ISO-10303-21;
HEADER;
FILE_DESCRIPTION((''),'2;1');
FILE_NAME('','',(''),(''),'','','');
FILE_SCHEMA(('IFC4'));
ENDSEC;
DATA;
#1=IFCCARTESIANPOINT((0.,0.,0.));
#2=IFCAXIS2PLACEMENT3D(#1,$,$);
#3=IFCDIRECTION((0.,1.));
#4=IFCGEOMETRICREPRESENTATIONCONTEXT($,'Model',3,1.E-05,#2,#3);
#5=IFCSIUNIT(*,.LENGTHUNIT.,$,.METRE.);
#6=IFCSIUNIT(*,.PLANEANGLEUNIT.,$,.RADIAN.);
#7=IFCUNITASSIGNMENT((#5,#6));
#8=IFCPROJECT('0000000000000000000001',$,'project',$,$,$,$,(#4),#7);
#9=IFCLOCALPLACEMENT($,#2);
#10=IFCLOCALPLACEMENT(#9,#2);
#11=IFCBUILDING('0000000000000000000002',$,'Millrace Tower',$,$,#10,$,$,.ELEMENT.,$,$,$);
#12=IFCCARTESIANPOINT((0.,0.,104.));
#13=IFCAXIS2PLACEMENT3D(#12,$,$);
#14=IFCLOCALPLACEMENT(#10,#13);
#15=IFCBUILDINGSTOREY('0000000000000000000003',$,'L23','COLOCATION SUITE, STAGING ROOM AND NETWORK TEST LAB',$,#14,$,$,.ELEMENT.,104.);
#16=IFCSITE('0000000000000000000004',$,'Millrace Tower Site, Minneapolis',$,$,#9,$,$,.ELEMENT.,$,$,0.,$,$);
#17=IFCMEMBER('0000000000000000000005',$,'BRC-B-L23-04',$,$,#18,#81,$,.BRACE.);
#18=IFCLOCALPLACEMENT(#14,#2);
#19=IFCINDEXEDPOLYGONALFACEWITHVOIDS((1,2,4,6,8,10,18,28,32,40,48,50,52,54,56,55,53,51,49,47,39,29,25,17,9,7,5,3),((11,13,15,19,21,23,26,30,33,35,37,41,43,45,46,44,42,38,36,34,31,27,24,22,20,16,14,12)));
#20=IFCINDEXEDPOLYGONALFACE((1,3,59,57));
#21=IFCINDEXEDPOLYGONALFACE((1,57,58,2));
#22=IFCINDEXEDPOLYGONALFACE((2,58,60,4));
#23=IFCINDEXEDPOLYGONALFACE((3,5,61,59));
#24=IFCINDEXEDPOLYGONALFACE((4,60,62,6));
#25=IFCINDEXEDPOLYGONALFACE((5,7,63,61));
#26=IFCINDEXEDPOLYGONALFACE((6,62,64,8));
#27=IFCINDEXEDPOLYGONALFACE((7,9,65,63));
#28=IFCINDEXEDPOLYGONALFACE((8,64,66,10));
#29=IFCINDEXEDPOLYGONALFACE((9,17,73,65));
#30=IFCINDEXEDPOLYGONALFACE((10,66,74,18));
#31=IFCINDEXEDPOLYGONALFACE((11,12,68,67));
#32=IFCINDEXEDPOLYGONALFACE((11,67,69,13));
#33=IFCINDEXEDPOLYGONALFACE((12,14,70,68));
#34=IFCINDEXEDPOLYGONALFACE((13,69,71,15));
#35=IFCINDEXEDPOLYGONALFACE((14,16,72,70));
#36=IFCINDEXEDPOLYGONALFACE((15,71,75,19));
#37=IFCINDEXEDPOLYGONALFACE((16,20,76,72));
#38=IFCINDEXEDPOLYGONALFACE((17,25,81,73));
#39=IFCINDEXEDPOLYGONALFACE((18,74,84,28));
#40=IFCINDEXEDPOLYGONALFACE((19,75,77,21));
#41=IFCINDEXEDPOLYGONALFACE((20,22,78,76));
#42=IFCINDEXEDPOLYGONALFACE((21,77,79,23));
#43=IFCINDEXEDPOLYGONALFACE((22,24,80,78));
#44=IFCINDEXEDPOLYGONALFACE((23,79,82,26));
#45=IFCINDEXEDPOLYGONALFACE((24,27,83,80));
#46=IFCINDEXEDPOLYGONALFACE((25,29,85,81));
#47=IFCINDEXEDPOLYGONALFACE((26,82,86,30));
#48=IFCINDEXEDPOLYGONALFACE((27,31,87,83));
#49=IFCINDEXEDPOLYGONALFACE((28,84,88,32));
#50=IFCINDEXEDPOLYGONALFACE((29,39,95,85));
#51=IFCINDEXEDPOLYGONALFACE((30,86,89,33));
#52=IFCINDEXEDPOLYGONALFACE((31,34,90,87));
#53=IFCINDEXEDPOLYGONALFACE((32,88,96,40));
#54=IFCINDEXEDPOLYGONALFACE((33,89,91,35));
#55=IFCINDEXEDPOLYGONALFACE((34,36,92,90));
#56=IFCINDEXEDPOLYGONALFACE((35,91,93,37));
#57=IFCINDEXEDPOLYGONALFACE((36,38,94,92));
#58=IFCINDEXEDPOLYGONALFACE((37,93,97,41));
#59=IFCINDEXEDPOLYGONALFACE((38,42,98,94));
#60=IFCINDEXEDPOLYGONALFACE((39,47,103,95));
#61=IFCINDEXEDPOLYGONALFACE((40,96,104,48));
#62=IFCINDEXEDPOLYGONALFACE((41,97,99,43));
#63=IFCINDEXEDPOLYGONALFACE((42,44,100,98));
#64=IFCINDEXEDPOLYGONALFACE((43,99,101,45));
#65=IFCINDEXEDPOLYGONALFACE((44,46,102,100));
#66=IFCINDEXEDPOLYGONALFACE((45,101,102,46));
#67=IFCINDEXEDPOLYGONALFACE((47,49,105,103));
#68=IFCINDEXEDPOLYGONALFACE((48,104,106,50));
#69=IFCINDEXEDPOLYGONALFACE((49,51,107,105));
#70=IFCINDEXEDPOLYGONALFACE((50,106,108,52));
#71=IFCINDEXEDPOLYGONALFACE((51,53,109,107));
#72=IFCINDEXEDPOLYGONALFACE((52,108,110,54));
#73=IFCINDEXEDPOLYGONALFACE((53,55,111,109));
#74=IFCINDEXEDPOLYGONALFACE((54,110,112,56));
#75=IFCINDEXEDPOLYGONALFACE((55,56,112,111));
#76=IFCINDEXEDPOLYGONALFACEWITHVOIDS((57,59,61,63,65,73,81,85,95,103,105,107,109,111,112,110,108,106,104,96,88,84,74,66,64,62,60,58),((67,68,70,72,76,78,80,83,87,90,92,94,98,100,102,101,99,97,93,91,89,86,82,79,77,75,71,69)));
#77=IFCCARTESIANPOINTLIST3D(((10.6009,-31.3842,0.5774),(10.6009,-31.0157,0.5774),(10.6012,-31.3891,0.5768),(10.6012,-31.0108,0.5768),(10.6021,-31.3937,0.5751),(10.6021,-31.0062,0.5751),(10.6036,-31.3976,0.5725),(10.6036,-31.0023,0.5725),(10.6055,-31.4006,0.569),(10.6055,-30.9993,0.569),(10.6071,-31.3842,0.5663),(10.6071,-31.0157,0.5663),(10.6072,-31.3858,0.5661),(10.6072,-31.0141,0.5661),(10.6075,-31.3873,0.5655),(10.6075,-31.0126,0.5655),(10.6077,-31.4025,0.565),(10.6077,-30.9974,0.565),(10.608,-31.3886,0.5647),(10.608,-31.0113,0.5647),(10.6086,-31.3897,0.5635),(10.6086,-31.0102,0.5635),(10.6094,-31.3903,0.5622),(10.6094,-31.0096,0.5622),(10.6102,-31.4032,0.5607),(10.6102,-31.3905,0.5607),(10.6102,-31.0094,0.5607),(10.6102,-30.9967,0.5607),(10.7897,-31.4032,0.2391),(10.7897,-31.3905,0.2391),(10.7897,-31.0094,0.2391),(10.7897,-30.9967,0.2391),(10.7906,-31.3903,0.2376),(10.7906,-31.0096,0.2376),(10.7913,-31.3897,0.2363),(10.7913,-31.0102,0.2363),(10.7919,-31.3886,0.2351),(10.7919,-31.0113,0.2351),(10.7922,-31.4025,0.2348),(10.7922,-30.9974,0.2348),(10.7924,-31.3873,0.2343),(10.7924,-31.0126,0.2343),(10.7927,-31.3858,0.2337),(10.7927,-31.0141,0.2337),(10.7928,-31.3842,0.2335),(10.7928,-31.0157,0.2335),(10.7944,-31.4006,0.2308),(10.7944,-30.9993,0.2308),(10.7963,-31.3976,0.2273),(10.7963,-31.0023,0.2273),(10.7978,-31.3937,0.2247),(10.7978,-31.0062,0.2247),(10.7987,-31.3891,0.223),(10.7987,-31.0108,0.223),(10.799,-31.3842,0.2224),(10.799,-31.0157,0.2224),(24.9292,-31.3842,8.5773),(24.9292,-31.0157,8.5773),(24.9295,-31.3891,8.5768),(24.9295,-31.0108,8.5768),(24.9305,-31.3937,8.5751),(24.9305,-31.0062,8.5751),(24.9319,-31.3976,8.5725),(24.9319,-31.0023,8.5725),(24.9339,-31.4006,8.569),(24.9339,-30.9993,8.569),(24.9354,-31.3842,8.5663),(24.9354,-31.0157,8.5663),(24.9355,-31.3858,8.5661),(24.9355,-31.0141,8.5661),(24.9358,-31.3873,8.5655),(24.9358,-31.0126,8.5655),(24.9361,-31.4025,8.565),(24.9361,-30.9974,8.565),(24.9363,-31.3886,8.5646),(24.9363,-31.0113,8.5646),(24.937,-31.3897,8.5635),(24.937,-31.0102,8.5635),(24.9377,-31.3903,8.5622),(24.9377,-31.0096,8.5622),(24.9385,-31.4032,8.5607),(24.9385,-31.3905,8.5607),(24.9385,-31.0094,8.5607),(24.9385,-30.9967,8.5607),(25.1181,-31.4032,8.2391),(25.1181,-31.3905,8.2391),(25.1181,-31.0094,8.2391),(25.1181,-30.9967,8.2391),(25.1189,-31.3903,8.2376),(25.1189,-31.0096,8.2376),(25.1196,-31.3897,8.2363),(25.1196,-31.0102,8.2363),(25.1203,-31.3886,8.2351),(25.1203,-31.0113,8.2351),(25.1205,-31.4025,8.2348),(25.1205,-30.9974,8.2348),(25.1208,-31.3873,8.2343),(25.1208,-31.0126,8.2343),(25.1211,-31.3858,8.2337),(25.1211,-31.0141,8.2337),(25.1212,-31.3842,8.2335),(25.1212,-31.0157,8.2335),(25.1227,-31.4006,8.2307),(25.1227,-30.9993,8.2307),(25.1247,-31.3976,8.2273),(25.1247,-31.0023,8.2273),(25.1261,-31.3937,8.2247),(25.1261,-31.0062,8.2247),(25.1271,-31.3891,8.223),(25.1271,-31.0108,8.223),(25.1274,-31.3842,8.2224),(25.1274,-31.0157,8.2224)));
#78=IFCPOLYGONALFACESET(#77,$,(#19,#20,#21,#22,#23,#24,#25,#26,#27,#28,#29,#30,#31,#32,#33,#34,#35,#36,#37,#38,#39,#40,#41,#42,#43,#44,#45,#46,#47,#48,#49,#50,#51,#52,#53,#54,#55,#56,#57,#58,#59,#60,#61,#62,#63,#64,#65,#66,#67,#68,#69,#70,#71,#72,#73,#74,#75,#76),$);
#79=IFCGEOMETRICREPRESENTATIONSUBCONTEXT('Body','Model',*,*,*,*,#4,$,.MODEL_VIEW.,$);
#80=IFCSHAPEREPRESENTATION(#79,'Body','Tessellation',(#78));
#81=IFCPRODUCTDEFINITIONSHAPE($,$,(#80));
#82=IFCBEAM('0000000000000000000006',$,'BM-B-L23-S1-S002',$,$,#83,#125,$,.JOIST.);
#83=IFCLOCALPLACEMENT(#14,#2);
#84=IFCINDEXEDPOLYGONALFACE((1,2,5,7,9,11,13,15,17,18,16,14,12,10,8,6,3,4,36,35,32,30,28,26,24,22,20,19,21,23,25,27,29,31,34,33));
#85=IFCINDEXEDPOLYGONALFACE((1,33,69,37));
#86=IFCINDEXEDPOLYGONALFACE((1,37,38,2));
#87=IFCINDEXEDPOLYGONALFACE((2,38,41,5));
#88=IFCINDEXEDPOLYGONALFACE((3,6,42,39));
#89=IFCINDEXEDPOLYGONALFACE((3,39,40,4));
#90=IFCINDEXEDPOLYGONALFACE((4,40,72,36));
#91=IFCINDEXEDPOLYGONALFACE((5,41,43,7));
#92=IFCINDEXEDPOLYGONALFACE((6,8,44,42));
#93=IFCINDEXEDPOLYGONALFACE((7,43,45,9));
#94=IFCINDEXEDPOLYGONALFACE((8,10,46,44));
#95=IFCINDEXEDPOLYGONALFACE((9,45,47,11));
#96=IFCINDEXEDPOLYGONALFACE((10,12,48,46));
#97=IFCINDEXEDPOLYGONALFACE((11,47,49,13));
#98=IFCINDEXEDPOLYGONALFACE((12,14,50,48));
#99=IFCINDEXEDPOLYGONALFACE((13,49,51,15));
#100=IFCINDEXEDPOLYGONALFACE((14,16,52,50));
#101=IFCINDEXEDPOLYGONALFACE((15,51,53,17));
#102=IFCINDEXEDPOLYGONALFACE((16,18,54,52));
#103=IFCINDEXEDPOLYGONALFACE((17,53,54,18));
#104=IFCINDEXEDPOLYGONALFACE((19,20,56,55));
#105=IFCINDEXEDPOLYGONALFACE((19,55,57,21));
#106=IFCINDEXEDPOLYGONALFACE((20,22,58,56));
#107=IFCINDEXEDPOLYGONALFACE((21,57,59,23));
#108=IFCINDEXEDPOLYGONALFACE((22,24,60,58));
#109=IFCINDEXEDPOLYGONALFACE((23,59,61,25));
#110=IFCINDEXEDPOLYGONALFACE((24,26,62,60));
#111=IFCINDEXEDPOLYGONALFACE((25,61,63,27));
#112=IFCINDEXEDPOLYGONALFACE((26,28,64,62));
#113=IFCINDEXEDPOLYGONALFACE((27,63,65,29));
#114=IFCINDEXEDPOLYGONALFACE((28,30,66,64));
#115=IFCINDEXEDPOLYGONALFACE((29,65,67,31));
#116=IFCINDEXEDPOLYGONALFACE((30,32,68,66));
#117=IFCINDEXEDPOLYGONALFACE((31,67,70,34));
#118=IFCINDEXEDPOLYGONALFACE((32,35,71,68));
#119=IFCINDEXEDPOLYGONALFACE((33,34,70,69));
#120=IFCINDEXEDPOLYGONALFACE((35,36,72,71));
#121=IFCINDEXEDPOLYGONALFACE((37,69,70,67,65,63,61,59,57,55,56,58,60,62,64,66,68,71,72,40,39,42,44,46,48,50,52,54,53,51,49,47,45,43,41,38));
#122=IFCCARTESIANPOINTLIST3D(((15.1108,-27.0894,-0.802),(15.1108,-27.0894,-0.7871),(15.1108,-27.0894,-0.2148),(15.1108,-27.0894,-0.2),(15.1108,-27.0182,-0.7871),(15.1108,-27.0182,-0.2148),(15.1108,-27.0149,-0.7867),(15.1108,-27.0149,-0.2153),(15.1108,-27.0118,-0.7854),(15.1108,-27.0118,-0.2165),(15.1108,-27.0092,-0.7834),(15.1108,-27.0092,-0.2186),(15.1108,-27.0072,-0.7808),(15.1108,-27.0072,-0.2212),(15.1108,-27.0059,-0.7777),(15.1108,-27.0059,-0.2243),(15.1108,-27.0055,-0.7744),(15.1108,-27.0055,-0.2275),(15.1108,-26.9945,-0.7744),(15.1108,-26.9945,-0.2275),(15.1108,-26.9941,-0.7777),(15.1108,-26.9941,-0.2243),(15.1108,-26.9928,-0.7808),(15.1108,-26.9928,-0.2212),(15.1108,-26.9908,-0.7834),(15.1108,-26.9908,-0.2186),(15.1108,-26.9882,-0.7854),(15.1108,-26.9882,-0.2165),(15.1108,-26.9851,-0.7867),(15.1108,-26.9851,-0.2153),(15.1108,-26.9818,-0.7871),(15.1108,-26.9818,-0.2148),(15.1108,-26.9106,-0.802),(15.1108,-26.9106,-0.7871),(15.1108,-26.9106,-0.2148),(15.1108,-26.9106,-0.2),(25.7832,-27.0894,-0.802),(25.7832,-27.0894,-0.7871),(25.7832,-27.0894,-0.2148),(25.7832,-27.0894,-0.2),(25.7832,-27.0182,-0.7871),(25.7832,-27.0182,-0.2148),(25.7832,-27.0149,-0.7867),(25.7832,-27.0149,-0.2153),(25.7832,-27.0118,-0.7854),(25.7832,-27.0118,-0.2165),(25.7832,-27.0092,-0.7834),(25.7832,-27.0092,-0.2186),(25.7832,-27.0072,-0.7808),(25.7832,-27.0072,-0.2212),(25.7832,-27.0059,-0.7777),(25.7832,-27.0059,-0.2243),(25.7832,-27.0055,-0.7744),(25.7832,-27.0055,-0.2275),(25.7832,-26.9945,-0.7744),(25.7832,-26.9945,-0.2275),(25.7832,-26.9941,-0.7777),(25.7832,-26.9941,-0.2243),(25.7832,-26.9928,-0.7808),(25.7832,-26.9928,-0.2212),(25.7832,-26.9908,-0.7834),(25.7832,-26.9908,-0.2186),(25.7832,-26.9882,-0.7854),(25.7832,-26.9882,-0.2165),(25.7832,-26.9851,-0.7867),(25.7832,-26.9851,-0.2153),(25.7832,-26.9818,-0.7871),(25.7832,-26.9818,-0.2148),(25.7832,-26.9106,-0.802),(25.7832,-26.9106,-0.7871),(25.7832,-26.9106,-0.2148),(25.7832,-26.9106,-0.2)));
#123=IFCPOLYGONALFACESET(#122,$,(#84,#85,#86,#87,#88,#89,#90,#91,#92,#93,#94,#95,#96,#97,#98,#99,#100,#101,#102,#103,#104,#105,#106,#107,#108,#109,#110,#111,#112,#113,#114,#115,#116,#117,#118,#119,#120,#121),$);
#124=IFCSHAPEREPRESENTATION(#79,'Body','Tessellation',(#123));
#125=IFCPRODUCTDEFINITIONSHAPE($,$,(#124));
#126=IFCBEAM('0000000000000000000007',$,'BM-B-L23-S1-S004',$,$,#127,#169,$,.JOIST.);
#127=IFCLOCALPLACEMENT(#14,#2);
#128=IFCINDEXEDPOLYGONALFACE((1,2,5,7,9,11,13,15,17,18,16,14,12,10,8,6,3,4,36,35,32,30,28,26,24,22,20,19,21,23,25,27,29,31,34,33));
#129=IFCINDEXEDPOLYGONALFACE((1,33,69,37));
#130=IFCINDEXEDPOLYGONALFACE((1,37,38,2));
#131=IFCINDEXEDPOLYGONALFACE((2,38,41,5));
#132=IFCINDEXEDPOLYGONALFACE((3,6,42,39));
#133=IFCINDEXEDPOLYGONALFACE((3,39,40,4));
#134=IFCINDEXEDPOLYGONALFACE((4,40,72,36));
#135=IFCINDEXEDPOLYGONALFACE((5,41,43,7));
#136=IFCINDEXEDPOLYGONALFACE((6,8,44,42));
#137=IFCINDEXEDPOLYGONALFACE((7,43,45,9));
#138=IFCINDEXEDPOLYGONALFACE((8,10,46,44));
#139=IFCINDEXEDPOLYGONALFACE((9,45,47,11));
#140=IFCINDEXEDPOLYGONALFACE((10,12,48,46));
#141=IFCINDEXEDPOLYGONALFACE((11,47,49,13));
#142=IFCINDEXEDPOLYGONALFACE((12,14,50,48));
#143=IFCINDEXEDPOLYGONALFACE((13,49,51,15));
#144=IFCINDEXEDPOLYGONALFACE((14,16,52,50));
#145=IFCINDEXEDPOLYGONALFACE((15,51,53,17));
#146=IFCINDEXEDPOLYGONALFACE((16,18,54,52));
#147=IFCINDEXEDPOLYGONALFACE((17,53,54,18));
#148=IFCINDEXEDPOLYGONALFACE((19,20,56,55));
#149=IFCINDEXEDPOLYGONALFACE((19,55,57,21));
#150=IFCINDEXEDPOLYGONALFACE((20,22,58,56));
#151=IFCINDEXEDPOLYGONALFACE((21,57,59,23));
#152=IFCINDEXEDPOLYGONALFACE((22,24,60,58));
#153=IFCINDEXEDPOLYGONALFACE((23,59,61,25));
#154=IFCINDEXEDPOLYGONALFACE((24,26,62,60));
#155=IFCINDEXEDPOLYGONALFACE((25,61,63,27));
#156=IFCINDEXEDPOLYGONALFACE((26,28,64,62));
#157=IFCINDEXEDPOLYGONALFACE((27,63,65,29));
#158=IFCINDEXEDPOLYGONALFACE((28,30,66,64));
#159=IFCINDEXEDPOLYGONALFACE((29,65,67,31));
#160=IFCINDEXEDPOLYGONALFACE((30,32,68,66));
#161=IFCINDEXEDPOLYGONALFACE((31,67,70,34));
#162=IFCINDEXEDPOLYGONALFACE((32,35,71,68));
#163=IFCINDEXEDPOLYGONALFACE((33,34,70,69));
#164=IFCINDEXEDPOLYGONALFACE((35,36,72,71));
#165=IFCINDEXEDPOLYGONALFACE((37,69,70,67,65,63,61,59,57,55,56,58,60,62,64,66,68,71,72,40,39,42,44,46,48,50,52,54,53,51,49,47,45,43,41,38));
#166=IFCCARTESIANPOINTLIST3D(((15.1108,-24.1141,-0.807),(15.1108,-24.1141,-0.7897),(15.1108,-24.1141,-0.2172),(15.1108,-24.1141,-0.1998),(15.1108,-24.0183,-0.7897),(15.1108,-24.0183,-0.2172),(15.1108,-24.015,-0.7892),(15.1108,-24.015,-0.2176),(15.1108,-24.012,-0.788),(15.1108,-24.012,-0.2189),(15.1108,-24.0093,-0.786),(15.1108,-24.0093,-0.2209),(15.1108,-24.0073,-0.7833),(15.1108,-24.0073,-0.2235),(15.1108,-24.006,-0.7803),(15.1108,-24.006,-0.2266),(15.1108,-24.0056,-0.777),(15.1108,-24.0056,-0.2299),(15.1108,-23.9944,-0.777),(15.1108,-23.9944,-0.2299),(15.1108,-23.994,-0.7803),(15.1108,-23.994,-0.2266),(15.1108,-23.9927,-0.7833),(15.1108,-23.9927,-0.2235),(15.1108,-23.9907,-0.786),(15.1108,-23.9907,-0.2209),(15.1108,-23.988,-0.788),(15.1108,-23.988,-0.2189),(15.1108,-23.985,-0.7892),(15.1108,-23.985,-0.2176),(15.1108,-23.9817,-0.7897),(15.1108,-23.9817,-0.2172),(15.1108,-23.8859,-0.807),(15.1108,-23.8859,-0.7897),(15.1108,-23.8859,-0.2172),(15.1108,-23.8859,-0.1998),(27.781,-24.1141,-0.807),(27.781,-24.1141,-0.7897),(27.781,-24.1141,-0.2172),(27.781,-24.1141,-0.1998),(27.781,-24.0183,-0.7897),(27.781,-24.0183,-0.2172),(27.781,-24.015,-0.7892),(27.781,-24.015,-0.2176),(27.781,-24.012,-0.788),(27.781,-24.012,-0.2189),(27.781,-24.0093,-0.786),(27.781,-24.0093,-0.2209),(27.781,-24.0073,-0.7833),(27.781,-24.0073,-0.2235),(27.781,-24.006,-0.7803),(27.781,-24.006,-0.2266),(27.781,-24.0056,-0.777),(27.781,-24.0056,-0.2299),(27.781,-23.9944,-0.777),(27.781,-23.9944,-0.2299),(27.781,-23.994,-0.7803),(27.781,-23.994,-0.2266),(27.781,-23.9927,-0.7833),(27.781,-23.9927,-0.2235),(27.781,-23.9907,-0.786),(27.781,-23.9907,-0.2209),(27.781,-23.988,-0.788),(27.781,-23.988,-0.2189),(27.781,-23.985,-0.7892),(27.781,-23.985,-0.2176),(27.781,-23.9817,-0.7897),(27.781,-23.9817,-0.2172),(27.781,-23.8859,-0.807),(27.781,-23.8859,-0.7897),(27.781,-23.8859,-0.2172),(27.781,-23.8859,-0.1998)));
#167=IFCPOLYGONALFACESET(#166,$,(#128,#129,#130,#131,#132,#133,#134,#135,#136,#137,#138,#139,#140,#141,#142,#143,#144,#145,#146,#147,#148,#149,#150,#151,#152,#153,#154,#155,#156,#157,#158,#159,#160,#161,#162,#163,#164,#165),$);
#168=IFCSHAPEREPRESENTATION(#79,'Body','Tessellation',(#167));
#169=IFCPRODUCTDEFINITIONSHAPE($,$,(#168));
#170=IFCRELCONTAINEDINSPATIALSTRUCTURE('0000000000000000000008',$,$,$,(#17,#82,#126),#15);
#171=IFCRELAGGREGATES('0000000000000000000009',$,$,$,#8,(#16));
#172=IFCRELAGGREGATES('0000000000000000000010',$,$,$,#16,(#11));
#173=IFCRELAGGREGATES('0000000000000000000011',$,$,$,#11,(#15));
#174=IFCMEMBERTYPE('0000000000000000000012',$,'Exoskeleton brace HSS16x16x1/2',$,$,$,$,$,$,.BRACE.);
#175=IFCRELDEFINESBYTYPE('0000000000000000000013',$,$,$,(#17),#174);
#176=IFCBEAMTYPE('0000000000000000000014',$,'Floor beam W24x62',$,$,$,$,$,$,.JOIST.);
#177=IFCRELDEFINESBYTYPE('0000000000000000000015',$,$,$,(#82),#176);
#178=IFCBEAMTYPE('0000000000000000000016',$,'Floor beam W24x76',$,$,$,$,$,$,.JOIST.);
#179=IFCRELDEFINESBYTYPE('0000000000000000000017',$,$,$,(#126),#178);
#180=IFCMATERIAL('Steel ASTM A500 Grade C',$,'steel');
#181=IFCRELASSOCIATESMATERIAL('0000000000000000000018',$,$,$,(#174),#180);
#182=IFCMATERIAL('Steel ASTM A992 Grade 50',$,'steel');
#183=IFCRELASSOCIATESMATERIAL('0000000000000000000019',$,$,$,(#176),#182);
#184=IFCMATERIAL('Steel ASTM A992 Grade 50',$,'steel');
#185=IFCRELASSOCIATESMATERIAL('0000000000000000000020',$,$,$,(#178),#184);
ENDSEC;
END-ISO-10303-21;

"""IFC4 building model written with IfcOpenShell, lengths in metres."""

from ifc_helpers import new_model, si_unit, direction, frame, origin, origin_2d, place, context, subcontext, project, spatial, hollow_rectangle, i_section, extrude, material, material_profile, profile_set, type_object, element, save


model = new_model("IFC4")

# Units and contexts
model_context = context("Model", 3, precision=1e-05, world=origin(), true_north=direction((0.0, 1.0)))
body_context = subcontext(model_context, "Body", "Model", "MODEL_VIEW")
ifc_project = project(units=[si_unit("LENGTHUNIT", "METRE"), si_unit("PLANEANGLEUNIT", "RADIAN")], contexts=[model_context])

# Site, building, storey
site_placement = place(None, origin())
site = spatial("IfcSite", under=ifc_project, at=site_placement, Name="Millrace Tower Site, Minneapolis", CompositionType="ELEMENT", RefElevation=0.0)
building_placement = place(site_placement, origin())
building = spatial("IfcBuilding", under=site, at=building_placement, Name="Millrace Tower", CompositionType="ELEMENT")
storey_placement = place(building_placement, frame((0.0, 0.0, 104.0)))
storey = spatial("IfcBuildingStorey", under=building, at=storey_placement, Name="L23", Description="COLOCATION SUITE, STAGING ROOM AND NETWORK TEST LAB", CompositionType="ELEMENT", Elevation=104.0)

# Member
ifc_material_1 = material(Name="Steel ASTM A500 Grade C", Category="steel")
ifc_material_profile_1 = material_profile(ifc_material_1, hollow_rectangle(XDim=0.4065, YDim=0.4065, WallThickness=0.0127, InnerFilletRadius=0.0063, OuterFilletRadius=0.019, at=origin_2d()))
ifc_profile_set_1 = profile_set([ifc_material_profile_1], Name="Steel ASTM A500 Grade C")
member_type_1 = type_object("IfcMemberType", Name="Exoskeleton brace HSS16x16x1/2", PredefinedType="BRACE", material=ifc_profile_set_1)
member_1_placement = place(storey_placement, frame((10.7, -31.2, 0.3999), z_axis=(0.873126, 0.0, 0.487495), x_axis=(0.0, 1.0, 0.0)))
element("IfcMember", 1, at=member_1_placement, inside=storey, type_object=member_type_1, Name="BRC-B-L23-04", PredefinedType="BRACE", context=body_context, shape_type="SweptSolid", body=[
    extrude(hollow_rectangle(XDim=0.4065, YDim=0.4065, WallThickness=0.0127, InnerFilletRadius=0.0063, OuterFilletRadius=0.019, at=origin_2d()), origin(), (0.0, 0.0, 1.0), 16.4104),
])

# Beams
ifc_material_2 = material(Name="Steel ASTM A992 Grade 50", Category="steel")
ifc_material_profile_2 = material_profile(ifc_material_2, i_section(OverallWidth=0.1787, OverallDepth=0.6021, WebThickness=0.011, FlangeThickness=0.0149, FilletRadius=0.0127, at=origin_2d()))
ifc_profile_set_2 = profile_set([ifc_material_profile_2], Name="Steel ASTM A992 Grade 50")
beam_type_1 = type_object("IfcBeamType", Name="Floor beam W24x62", PredefinedType="JOIST", material=ifc_profile_set_2)
beam_1_placement = place(storey_placement, frame((15.1108, -27.0, -0.501), z_axis=(1.0, 0.0, 0.0), x_axis=(0.0, 1.0, 0.0)))
element("IfcBeam", 2, at=beam_1_placement, inside=storey, type_object=beam_type_1, Name="BM-B-L23-S1-S002", PredefinedType="JOIST", context=body_context, shape_type="SweptSolid", body=[
    extrude(i_section(OverallWidth=0.1787, OverallDepth=0.6021, WebThickness=0.011, FlangeThickness=0.0149, FilletRadius=0.0127, at=origin_2d()), origin(), (0.0, 0.0, 1.0), 10.6724),
])
ifc_material_3 = material(Name="Steel ASTM A992 Grade 50", Category="steel")
ifc_material_profile_3 = material_profile(ifc_material_3, i_section(OverallWidth=0.2283, OverallDepth=0.6072, WebThickness=0.0112, FlangeThickness=0.0173, FilletRadius=0.0127, at=origin_2d()))
ifc_profile_set_3 = profile_set([ifc_material_profile_3], Name="Steel ASTM A992 Grade 50")
beam_type_2 = type_object("IfcBeamType", Name="Floor beam W24x76", PredefinedType="JOIST", material=ifc_profile_set_3)
beam_2_placement = place(storey_placement, frame((15.1108, -24.0, -0.5034), z_axis=(1.0, 0.0, 0.0), x_axis=(0.0, 1.0, 0.0)))
element("IfcBeam", 3, at=beam_2_placement, inside=storey, type_object=beam_type_2, Name="BM-B-L23-S1-S004", PredefinedType="JOIST", context=body_context, shape_type="SweptSolid", body=[
    extrude(i_section(OverallWidth=0.2283, OverallDepth=0.6072, WebThickness=0.0112, FlangeThickness=0.0173, FilletRadius=0.0127, at=origin_2d()), origin(), (0.0, 0.0, 1.0), 12.6702),
])

save(model, "model.ifc")
